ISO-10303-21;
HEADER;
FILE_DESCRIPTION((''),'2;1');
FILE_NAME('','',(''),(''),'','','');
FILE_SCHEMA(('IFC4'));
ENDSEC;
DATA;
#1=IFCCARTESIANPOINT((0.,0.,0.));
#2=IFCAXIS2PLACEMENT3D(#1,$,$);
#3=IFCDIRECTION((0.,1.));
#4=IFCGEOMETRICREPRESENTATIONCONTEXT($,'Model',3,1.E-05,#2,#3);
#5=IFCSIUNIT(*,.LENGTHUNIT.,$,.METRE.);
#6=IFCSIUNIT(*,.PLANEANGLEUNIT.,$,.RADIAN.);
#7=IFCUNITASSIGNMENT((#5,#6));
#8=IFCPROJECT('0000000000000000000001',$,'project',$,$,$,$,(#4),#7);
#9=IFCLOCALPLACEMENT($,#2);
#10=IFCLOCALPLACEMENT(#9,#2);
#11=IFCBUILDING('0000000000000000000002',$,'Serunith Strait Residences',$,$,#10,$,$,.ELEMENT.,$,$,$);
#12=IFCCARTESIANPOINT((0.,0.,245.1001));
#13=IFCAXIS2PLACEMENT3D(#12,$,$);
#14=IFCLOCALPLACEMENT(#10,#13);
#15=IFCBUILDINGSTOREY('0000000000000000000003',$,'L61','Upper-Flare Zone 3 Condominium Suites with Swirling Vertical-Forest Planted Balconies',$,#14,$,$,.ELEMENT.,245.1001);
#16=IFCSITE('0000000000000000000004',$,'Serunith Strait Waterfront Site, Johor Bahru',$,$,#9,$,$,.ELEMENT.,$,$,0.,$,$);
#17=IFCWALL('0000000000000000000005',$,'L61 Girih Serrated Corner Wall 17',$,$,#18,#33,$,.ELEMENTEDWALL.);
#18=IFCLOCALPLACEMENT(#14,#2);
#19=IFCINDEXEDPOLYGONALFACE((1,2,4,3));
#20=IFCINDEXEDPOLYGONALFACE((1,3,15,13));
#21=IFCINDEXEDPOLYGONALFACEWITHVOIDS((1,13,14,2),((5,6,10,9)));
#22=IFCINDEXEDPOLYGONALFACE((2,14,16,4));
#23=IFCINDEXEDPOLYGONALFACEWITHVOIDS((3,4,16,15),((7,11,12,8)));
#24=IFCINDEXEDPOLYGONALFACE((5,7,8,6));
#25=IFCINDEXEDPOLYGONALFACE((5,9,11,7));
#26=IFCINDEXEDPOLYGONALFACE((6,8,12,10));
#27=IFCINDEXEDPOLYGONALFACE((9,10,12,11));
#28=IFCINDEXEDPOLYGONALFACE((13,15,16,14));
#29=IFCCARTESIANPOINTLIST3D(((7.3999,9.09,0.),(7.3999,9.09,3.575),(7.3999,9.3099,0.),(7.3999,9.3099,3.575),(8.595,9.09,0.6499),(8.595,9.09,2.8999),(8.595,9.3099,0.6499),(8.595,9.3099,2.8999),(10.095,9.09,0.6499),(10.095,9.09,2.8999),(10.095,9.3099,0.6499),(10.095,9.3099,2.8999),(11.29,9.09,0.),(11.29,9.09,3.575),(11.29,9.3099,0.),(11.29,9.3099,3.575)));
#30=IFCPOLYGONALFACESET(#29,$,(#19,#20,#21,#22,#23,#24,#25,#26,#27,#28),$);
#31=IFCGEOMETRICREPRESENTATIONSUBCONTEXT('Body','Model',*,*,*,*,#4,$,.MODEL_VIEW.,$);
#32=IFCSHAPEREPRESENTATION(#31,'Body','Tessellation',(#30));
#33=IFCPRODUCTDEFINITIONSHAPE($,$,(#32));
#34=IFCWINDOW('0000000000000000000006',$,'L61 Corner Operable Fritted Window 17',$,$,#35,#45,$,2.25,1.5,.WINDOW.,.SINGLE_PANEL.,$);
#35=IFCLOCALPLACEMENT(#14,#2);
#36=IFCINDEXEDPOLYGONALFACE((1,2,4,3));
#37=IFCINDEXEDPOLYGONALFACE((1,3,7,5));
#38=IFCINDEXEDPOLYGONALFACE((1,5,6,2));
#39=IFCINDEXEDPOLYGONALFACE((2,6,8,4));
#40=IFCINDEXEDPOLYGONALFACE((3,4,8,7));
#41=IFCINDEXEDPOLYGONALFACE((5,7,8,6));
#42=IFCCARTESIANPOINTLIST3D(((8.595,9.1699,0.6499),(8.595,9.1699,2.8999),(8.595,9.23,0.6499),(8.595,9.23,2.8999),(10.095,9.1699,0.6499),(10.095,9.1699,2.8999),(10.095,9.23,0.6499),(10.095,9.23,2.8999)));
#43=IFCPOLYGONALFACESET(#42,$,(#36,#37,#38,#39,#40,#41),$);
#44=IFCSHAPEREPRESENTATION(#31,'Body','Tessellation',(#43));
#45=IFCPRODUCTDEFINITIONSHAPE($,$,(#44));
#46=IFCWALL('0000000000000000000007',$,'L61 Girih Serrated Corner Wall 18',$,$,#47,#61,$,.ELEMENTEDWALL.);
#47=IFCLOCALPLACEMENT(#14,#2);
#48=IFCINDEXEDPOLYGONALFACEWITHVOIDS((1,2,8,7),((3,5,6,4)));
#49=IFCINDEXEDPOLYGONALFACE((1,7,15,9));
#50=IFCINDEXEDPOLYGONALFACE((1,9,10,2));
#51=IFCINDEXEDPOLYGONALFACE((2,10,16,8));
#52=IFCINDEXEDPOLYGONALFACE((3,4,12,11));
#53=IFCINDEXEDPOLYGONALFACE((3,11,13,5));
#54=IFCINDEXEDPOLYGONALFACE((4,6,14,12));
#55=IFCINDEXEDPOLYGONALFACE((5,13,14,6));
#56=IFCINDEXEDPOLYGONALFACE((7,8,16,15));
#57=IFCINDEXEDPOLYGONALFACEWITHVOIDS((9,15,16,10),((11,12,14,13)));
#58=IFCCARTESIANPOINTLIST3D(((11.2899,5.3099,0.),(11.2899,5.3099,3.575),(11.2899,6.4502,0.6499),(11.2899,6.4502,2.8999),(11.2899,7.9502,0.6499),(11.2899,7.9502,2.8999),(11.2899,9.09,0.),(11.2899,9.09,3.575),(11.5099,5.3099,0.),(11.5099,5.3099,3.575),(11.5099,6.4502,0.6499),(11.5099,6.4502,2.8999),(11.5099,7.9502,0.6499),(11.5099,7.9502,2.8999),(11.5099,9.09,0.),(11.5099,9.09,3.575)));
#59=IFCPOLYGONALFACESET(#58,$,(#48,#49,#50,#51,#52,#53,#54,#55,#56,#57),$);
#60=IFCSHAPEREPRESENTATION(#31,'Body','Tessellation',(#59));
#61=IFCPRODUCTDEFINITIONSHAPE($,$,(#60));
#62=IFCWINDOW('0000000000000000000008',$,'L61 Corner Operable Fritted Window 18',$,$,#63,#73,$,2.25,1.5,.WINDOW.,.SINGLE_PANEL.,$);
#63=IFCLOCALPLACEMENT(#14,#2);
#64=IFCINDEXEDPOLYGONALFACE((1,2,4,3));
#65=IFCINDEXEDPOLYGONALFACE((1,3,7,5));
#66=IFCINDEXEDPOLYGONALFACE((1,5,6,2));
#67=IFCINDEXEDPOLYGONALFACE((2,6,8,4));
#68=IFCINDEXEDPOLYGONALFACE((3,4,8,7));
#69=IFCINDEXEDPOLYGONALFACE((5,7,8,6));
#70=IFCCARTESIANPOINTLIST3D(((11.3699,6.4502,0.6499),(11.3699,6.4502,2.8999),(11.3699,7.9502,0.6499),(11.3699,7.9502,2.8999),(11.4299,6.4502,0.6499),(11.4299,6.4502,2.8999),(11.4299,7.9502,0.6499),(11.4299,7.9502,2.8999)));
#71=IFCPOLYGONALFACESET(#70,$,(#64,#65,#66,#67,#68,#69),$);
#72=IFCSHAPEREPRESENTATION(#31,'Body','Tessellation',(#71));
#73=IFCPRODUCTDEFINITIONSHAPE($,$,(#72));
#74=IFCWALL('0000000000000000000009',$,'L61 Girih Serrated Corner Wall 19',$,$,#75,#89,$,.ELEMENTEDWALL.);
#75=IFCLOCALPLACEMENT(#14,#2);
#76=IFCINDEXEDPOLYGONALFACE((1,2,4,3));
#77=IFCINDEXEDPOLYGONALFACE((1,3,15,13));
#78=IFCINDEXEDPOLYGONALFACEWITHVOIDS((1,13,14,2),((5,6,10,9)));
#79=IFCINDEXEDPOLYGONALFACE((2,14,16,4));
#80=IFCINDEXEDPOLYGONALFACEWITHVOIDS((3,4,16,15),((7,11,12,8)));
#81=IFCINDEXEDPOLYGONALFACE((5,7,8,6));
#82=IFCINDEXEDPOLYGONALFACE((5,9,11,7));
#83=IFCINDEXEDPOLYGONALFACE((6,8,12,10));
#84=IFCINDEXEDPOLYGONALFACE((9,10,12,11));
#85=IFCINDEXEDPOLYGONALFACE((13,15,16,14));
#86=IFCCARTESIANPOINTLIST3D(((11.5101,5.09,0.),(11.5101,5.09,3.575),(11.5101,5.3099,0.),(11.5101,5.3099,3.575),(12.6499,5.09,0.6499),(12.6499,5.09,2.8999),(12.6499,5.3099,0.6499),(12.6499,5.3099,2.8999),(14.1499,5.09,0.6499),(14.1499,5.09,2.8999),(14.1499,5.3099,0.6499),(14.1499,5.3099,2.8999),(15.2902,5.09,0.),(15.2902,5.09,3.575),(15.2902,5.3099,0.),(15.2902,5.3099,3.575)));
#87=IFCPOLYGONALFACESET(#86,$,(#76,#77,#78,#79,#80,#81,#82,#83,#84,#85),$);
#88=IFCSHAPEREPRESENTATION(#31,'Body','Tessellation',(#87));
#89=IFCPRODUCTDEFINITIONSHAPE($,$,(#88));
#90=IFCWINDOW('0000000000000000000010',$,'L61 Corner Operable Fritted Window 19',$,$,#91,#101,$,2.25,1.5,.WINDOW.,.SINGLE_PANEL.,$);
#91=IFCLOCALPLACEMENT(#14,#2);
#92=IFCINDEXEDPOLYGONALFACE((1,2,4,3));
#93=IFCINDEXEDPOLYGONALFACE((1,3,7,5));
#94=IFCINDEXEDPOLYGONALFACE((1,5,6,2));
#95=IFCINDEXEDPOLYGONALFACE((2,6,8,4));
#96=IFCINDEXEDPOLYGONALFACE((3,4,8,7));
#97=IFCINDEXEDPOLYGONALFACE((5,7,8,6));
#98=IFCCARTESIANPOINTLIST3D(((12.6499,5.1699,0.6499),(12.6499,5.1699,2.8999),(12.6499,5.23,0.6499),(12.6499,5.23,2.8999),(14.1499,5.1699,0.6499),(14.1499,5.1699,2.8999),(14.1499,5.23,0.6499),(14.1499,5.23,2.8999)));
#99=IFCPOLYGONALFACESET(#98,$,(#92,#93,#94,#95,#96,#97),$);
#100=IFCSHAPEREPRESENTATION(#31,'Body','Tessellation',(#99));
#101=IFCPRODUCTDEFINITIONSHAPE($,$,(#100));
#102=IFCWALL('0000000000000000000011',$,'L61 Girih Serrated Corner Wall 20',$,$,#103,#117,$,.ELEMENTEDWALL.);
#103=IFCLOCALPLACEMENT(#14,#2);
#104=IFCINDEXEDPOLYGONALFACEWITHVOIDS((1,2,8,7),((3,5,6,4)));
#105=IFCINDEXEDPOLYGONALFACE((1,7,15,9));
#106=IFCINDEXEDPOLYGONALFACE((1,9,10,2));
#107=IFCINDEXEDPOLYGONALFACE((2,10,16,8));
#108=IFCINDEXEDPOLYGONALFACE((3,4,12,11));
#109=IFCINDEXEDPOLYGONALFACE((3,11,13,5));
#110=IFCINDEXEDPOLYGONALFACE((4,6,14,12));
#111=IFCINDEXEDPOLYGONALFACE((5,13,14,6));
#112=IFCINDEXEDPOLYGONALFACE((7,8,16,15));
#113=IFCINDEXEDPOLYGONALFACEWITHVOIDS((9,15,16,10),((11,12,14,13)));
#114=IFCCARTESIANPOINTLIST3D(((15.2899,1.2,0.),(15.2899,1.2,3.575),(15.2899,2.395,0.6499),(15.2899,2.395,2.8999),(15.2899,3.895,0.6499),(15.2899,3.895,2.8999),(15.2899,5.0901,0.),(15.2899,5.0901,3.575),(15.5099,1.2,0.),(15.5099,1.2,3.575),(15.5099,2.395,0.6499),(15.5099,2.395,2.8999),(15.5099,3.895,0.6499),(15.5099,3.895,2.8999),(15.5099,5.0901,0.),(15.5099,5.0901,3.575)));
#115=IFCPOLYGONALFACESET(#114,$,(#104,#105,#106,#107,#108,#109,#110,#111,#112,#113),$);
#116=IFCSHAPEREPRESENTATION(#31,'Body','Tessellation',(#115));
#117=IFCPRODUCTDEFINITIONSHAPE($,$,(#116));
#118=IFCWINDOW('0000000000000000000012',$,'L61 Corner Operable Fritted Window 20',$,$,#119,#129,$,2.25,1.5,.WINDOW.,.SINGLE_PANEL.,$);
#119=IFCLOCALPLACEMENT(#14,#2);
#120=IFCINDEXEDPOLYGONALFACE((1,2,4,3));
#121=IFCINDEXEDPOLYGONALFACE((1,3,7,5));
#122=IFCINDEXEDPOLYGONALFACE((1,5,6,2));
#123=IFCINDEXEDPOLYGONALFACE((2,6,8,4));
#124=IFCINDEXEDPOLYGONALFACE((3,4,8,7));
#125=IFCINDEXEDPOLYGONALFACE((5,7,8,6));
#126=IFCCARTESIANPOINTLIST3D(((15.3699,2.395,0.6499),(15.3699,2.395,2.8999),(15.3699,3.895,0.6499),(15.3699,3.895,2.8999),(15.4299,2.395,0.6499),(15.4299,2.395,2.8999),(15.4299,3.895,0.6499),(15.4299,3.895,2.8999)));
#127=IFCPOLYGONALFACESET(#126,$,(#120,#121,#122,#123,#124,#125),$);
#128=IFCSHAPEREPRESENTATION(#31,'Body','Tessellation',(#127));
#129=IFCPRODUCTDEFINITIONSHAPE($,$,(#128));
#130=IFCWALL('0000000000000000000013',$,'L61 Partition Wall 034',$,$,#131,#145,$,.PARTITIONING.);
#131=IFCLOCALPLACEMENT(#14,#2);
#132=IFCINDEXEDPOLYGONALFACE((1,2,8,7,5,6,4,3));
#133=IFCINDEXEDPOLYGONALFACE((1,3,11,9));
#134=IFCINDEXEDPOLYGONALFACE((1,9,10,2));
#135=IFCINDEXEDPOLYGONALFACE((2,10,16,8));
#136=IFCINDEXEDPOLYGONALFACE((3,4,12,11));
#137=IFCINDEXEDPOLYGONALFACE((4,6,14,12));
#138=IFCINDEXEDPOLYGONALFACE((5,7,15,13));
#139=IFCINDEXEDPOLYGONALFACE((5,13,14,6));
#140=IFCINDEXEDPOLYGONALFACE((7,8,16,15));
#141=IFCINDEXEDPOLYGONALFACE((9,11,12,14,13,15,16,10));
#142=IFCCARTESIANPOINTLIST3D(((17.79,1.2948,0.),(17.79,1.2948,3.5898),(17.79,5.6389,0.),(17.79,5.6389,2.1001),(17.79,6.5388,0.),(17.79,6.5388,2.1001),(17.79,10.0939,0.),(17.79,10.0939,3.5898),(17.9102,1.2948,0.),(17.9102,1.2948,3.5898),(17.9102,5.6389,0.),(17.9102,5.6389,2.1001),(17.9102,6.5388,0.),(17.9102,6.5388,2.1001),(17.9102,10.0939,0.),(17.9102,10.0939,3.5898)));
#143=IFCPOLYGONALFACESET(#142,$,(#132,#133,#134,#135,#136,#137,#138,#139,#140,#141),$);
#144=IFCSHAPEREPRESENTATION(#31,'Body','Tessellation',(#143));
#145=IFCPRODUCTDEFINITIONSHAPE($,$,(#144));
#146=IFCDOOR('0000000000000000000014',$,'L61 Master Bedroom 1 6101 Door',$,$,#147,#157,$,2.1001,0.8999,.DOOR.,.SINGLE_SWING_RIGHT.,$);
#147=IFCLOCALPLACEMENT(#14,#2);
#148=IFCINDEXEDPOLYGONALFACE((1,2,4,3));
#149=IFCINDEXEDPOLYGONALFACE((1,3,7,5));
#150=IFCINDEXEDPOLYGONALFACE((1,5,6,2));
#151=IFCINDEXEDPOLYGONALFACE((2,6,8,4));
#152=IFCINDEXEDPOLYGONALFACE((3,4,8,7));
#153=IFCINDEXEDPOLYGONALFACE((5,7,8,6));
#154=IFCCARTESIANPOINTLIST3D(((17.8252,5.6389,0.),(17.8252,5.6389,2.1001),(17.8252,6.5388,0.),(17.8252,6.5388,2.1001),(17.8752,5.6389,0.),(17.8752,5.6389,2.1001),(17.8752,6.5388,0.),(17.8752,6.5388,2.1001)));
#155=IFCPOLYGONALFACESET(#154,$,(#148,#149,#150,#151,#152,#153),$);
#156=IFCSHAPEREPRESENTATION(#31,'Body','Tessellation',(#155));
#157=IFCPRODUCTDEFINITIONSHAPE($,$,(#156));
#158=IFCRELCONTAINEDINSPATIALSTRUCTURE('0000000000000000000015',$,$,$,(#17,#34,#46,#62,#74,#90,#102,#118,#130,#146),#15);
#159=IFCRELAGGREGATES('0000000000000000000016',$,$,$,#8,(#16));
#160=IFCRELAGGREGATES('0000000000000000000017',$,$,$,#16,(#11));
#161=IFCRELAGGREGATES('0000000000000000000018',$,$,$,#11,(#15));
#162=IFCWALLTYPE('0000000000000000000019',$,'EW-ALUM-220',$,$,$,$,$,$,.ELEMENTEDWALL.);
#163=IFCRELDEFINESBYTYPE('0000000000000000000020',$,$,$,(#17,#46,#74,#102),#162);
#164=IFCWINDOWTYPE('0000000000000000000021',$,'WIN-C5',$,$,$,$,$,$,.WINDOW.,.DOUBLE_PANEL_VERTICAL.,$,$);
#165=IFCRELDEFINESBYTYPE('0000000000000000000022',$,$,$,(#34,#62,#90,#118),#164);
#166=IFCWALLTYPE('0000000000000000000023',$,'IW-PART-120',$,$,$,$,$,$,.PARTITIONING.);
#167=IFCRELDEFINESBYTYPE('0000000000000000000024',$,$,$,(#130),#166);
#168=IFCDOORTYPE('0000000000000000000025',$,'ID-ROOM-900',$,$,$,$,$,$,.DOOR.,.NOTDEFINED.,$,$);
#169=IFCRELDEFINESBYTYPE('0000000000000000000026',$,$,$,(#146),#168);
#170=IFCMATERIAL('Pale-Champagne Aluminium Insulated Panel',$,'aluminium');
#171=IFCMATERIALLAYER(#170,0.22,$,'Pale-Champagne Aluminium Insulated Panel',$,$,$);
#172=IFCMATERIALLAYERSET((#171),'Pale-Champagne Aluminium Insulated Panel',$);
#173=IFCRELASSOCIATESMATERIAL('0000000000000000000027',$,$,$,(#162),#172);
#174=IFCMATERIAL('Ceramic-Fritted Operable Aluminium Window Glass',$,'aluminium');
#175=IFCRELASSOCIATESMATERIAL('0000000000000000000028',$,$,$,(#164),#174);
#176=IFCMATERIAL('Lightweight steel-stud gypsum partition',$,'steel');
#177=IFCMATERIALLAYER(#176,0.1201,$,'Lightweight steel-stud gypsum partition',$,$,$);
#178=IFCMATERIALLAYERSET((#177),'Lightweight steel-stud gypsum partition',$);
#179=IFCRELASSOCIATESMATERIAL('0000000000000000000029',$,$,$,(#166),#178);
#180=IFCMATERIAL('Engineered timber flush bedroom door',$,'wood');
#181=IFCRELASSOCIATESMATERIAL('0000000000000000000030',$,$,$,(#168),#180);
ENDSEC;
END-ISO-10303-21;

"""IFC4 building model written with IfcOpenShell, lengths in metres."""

from ifc_helpers import new_model, si_unit, direction, frame, frame_2d, origin, place, context, subcontext, project, spatial, rectangle, extrude, source, transform, mapped, material, layer, layer_set, type_object, element, fill, save


model = new_model("IFC4")

# Units and contexts
model_context = context("Model", 3, precision=1e-05, world=origin(), true_north=direction((0.0, 1.0)))
body_context = subcontext(model_context, "Body", "Model", "MODEL_VIEW")
ifc_project = project(units=[si_unit("LENGTHUNIT", "METRE"), si_unit("PLANEANGLEUNIT", "RADIAN")], contexts=[model_context])

# Site, building, storey
site_placement = place(None, origin())
site = spatial("IfcSite", under=ifc_project, at=site_placement, Name="Serunith Strait Waterfront Site, Johor Bahru", CompositionType="ELEMENT", RefElevation=0.0)
building_placement = place(site_placement, origin())
building = spatial("IfcBuilding", under=site, at=building_placement, Name="Serunith Strait Residences", CompositionType="ELEMENT")
storey_placement = place(building_placement, frame((0.0, 0.0, 245.1001)))
storey = spatial("IfcBuildingStorey", under=building, at=storey_placement, Name="L61", Description="Upper-Flare Zone 3 Condominium Suites with Swirling Vertical-Forest Planted Balconies", CompositionType="ELEMENT", Elevation=245.1001)

# Walls, openings, windows
ifc_material_1 = material(Name="Pale-Champagne Aluminium Insulated Panel", Category="aluminium")
ifc_layer_1 = layer(ifc_material_1, 0.22, Name="Pale-Champagne Aluminium Insulated Panel")
ifc_layer_set_1 = layer_set([ifc_layer_1], Name="Pale-Champagne Aluminium Insulated Panel")
wall_type_1 = type_object("IfcWallType", Name="EW-ALUM-220", PredefinedType="ELEMENTEDWALL", material=ifc_layer_set_1)
wall_1_placement = place(storey_placement, frame((7.3999, 9.2, 0.0), z_axis=(0.0, 0.0, 1.0), x_axis=(1.0, 0.0, 0.0)))
wall_1 = element("IfcWall", 1, at=wall_1_placement, inside=storey, type_object=wall_type_1, Name="L61 Girih Serrated Corner Wall 17", PredefinedType="ELEMENTEDWALL", context=body_context, shape_type="SweptSolid", body=[
    extrude(rectangle(XDim=3.8901, YDim=0.22, at=frame_2d((1.9451, 0.0))), origin(), (0.0, 0.0, 1.0), 3.575),
])
opening_1_placement = place(wall_1_placement, frame((1.1951, 0.0, 0.6499)))
opening_1 = element("IfcOpeningElement", 2, at=opening_1_placement, cuts=wall_1, PredefinedType="OPENING", context=body_context, shape_type="SweptSolid", body=[
    extrude(rectangle(XDim=1.5, YDim=2.25, at=frame_2d((0.75, 1.125))), frame((0.0, 0.1201, 0.0), z_axis=(0.0, -1.0, 0.0), x_axis=(1.0, 0.0, 0.0)), (0.0, 0.0, 1.0), 0.24),
])
ifc_material_2 = material(Name="Ceramic-Fritted Operable Aluminium Window Glass", Category="aluminium")
window_type = type_object("IfcWindowType", Name="WIN-C5", PartitioningType="DOUBLE_PANEL_VERTICAL", PredefinedType="WINDOW", material=ifc_material_2)
shared_shape_1 = source(origin(), body_context, "Body", "SweptSolid", [
    extrude(rectangle(XDim=1.5, YDim=2.25, at=frame_2d((0.75, 1.125))), frame((0.0, 0.03, 0.0), z_axis=(0.0, -1.0, 0.0), x_axis=(1.0, 0.0, 0.0)), (0.0, 0.0, 1.0), 0.0601),
])
window_1_placement = place(opening_1_placement, origin())
window_1 = element("IfcWindow", 3, at=window_1_placement, inside=storey, type_object=window_type, Name="L61 Corner Operable Fritted Window 17", OverallHeight=2.25, OverallWidth=1.5, PartitioningType="SINGLE_PANEL", PredefinedType="WINDOW", context=body_context, shape_type="MappedRepresentation", body=[
    mapped(shared_shape_1, transform((0.0, 0.0, 0.0), scale=1.0)),
])
fill(opening_1, window_1)
wall_2_placement = place(storey_placement, frame((11.3999, 9.0901, 0.0), z_axis=(0.0, 0.0, 1.0), x_axis=(0.0, -1.0, 0.0)))
wall_2 = element("IfcWall", 4, at=wall_2_placement, inside=storey, type_object=wall_type_1, Name="L61 Girih Serrated Corner Wall 18", PredefinedType="ELEMENTEDWALL", context=body_context, shape_type="SweptSolid", body=[
    extrude(rectangle(XDim=3.78, YDim=0.22, at=frame_2d((1.8901, 0.0))), origin(), (0.0, 0.0, 1.0), 3.575),
])
opening_2_placement = place(wall_2_placement, frame((1.1399, 0.0, 0.6499)))
opening_2 = element("IfcOpeningElement", 5, at=opening_2_placement, cuts=wall_2, PredefinedType="OPENING", context=body_context, shape_type="SweptSolid", body=[
    extrude(rectangle(XDim=1.5, YDim=2.25, at=frame_2d((0.75, 1.125))), frame((0.0, 0.1201, 0.0), z_axis=(0.0, -1.0, 0.0), x_axis=(1.0, 0.0, 0.0)), (0.0, 0.0, 1.0), 0.24),
])
window_2_placement = place(opening_2_placement, origin())
window_2 = element("IfcWindow", 6, at=window_2_placement, inside=storey, type_object=window_type, Name="L61 Corner Operable Fritted Window 18", OverallHeight=2.25, OverallWidth=1.5, PartitioningType="SINGLE_PANEL", PredefinedType="WINDOW", context=body_context, shape_type="MappedRepresentation", body=[
    mapped(shared_shape_1, transform((0.0, 0.0, 0.0), scale=1.0)),
])
fill(opening_2, window_2)
wall_3_placement = place(storey_placement, frame((11.51, 5.2, 0.0), z_axis=(0.0, 0.0, 1.0), x_axis=(1.0, 0.0, 0.0)))
wall_3 = element("IfcWall", 7, at=wall_3_placement, inside=storey, type_object=wall_type_1, Name="L61 Girih Serrated Corner Wall 19", PredefinedType="ELEMENTEDWALL", context=body_context, shape_type="SweptSolid", body=[
    extrude(rectangle(XDim=3.78, YDim=0.22, at=frame_2d((1.8901, 0.0))), origin(), (0.0, 0.0, 1.0), 3.575),
])
opening_3_placement = place(wall_3_placement, frame((1.1399, 0.0, 0.6499)))
opening_3 = element("IfcOpeningElement", 8, at=opening_3_placement, cuts=wall_3, PredefinedType="OPENING", context=body_context, shape_type="SweptSolid", body=[
    extrude(rectangle(XDim=1.5, YDim=2.25, at=frame_2d((0.75, 1.125))), frame((0.0, 0.1201, 0.0), z_axis=(0.0, -1.0, 0.0), x_axis=(1.0, 0.0, 0.0)), (0.0, 0.0, 1.0), 0.24),
])
window_3_placement = place(opening_3_placement, origin())
window_3 = element("IfcWindow", 9, at=window_3_placement, inside=storey, type_object=window_type, Name="L61 Corner Operable Fritted Window 19", OverallHeight=2.25, OverallWidth=1.5, PartitioningType="SINGLE_PANEL", PredefinedType="WINDOW", context=body_context, shape_type="MappedRepresentation", body=[
    mapped(shared_shape_1, transform((0.0, 0.0, 0.0), scale=1.0)),
])
fill(opening_3, window_3)
wall_4_placement = place(storey_placement, frame((15.3999, 5.0901, 0.0), z_axis=(0.0, 0.0, 1.0), x_axis=(0.0, -1.0, 0.0)))
wall_4 = element("IfcWall", 10, at=wall_4_placement, inside=storey, type_object=wall_type_1, Name="L61 Girih Serrated Corner Wall 20", PredefinedType="ELEMENTEDWALL", context=body_context, shape_type="SweptSolid", body=[
    extrude(rectangle(XDim=3.8901, YDim=0.22, at=frame_2d((1.9451, 0.0))), origin(), (0.0, 0.0, 1.0), 3.575),
])
opening_4_placement = place(wall_4_placement, frame((1.1951, 0.0, 0.6499)))
opening_4 = element("IfcOpeningElement", 11, at=opening_4_placement, cuts=wall_4, PredefinedType="OPENING", context=body_context, shape_type="SweptSolid", body=[
    extrude(rectangle(XDim=1.5, YDim=2.25, at=frame_2d((0.75, 1.125))), frame((0.0, 0.1201, 0.0), z_axis=(0.0, -1.0, 0.0), x_axis=(1.0, 0.0, 0.0)), (0.0, 0.0, 1.0), 0.24),
])
window_4_placement = place(opening_4_placement, origin())
window_4 = element("IfcWindow", 12, at=window_4_placement, inside=storey, type_object=window_type, Name="L61 Corner Operable Fritted Window 20", OverallHeight=2.25, OverallWidth=1.5, PartitioningType="SINGLE_PANEL", PredefinedType="WINDOW", context=body_context, shape_type="MappedRepresentation", body=[
    mapped(shared_shape_1, transform((0.0, 0.0, 0.0), scale=1.0)),
])
fill(opening_4, window_4)

# Wall, opening, door
ifc_material_3 = material(Name="Lightweight steel-stud gypsum partition", Category="steel")
ifc_layer_2 = layer(ifc_material_3, 0.1201, Name="Lightweight steel-stud gypsum partition")
ifc_layer_set_2 = layer_set([ifc_layer_2], Name="Lightweight steel-stud gypsum partition")
wall_type_2 = type_object("IfcWallType", Name="IW-PART-120", PredefinedType="PARTITIONING", material=ifc_layer_set_2)
wall_5_placement = place(storey_placement, frame((17.8501, 1.2949, 0.0), z_axis=(0.0, 0.0, 1.0), x_axis=(0.0, 1.0, 0.0)))
wall_5 = element("IfcWall", 13, at=wall_5_placement, inside=storey, type_object=wall_type_2, Name="L61 Partition Wall 034", PredefinedType="PARTITIONING", context=body_context, shape_type="SweptSolid", body=[
    extrude(rectangle(XDim=8.7991, YDim=0.1201, at=frame_2d((4.3994, 0.0))), origin(), (0.0, 0.0, 1.0), 3.5898),
])
opening_5_placement = place(wall_5_placement, frame((4.344, 0.0, 0.0)))
opening_5 = element("IfcOpeningElement", 14, at=opening_5_placement, cuts=wall_5, PredefinedType="OPENING", context=body_context, shape_type="SweptSolid", body=[
    extrude(rectangle(XDim=0.8999, YDim=2.1001, at=frame_2d((0.45, 1.05))), frame((0.0, 0.0701, 0.0), z_axis=(0.0, -1.0, 0.0), x_axis=(1.0, 0.0, 0.0)), (0.0, 0.0, 1.0), 0.1401),
])
ifc_material_4 = material(Name="Engineered timber flush bedroom door", Category="wood")
door_type = type_object("IfcDoorType", Name="ID-ROOM-900", OperationType="NOTDEFINED", PredefinedType="DOOR", material=ifc_material_4)
shared_shape_2 = source(origin(), body_context, "Body", "SweptSolid", [
    extrude(rectangle(XDim=0.8999, YDim=2.1001, at=frame_2d((0.45, 1.05))), frame((0.0, 0.0249, 0.0), z_axis=(0.0, -1.0, 0.0), x_axis=(1.0, 0.0, 0.0)), (0.0, 0.0, 1.0), 0.05),
])
door_placement = place(opening_5_placement, origin())
door = element("IfcDoor", 15, at=door_placement, inside=storey, type_object=door_type, Name="L61 Master Bedroom 1 6101 Door", OperationType="SINGLE_SWING_RIGHT", OverallHeight=2.1001, OverallWidth=0.8999, PredefinedType="DOOR", context=body_context, shape_type="MappedRepresentation", body=[
    mapped(shared_shape_2, transform((0.0, 0.0, 0.0), scale=1.0)),
])
fill(opening_5, door)

save(model, "model.ifc")
